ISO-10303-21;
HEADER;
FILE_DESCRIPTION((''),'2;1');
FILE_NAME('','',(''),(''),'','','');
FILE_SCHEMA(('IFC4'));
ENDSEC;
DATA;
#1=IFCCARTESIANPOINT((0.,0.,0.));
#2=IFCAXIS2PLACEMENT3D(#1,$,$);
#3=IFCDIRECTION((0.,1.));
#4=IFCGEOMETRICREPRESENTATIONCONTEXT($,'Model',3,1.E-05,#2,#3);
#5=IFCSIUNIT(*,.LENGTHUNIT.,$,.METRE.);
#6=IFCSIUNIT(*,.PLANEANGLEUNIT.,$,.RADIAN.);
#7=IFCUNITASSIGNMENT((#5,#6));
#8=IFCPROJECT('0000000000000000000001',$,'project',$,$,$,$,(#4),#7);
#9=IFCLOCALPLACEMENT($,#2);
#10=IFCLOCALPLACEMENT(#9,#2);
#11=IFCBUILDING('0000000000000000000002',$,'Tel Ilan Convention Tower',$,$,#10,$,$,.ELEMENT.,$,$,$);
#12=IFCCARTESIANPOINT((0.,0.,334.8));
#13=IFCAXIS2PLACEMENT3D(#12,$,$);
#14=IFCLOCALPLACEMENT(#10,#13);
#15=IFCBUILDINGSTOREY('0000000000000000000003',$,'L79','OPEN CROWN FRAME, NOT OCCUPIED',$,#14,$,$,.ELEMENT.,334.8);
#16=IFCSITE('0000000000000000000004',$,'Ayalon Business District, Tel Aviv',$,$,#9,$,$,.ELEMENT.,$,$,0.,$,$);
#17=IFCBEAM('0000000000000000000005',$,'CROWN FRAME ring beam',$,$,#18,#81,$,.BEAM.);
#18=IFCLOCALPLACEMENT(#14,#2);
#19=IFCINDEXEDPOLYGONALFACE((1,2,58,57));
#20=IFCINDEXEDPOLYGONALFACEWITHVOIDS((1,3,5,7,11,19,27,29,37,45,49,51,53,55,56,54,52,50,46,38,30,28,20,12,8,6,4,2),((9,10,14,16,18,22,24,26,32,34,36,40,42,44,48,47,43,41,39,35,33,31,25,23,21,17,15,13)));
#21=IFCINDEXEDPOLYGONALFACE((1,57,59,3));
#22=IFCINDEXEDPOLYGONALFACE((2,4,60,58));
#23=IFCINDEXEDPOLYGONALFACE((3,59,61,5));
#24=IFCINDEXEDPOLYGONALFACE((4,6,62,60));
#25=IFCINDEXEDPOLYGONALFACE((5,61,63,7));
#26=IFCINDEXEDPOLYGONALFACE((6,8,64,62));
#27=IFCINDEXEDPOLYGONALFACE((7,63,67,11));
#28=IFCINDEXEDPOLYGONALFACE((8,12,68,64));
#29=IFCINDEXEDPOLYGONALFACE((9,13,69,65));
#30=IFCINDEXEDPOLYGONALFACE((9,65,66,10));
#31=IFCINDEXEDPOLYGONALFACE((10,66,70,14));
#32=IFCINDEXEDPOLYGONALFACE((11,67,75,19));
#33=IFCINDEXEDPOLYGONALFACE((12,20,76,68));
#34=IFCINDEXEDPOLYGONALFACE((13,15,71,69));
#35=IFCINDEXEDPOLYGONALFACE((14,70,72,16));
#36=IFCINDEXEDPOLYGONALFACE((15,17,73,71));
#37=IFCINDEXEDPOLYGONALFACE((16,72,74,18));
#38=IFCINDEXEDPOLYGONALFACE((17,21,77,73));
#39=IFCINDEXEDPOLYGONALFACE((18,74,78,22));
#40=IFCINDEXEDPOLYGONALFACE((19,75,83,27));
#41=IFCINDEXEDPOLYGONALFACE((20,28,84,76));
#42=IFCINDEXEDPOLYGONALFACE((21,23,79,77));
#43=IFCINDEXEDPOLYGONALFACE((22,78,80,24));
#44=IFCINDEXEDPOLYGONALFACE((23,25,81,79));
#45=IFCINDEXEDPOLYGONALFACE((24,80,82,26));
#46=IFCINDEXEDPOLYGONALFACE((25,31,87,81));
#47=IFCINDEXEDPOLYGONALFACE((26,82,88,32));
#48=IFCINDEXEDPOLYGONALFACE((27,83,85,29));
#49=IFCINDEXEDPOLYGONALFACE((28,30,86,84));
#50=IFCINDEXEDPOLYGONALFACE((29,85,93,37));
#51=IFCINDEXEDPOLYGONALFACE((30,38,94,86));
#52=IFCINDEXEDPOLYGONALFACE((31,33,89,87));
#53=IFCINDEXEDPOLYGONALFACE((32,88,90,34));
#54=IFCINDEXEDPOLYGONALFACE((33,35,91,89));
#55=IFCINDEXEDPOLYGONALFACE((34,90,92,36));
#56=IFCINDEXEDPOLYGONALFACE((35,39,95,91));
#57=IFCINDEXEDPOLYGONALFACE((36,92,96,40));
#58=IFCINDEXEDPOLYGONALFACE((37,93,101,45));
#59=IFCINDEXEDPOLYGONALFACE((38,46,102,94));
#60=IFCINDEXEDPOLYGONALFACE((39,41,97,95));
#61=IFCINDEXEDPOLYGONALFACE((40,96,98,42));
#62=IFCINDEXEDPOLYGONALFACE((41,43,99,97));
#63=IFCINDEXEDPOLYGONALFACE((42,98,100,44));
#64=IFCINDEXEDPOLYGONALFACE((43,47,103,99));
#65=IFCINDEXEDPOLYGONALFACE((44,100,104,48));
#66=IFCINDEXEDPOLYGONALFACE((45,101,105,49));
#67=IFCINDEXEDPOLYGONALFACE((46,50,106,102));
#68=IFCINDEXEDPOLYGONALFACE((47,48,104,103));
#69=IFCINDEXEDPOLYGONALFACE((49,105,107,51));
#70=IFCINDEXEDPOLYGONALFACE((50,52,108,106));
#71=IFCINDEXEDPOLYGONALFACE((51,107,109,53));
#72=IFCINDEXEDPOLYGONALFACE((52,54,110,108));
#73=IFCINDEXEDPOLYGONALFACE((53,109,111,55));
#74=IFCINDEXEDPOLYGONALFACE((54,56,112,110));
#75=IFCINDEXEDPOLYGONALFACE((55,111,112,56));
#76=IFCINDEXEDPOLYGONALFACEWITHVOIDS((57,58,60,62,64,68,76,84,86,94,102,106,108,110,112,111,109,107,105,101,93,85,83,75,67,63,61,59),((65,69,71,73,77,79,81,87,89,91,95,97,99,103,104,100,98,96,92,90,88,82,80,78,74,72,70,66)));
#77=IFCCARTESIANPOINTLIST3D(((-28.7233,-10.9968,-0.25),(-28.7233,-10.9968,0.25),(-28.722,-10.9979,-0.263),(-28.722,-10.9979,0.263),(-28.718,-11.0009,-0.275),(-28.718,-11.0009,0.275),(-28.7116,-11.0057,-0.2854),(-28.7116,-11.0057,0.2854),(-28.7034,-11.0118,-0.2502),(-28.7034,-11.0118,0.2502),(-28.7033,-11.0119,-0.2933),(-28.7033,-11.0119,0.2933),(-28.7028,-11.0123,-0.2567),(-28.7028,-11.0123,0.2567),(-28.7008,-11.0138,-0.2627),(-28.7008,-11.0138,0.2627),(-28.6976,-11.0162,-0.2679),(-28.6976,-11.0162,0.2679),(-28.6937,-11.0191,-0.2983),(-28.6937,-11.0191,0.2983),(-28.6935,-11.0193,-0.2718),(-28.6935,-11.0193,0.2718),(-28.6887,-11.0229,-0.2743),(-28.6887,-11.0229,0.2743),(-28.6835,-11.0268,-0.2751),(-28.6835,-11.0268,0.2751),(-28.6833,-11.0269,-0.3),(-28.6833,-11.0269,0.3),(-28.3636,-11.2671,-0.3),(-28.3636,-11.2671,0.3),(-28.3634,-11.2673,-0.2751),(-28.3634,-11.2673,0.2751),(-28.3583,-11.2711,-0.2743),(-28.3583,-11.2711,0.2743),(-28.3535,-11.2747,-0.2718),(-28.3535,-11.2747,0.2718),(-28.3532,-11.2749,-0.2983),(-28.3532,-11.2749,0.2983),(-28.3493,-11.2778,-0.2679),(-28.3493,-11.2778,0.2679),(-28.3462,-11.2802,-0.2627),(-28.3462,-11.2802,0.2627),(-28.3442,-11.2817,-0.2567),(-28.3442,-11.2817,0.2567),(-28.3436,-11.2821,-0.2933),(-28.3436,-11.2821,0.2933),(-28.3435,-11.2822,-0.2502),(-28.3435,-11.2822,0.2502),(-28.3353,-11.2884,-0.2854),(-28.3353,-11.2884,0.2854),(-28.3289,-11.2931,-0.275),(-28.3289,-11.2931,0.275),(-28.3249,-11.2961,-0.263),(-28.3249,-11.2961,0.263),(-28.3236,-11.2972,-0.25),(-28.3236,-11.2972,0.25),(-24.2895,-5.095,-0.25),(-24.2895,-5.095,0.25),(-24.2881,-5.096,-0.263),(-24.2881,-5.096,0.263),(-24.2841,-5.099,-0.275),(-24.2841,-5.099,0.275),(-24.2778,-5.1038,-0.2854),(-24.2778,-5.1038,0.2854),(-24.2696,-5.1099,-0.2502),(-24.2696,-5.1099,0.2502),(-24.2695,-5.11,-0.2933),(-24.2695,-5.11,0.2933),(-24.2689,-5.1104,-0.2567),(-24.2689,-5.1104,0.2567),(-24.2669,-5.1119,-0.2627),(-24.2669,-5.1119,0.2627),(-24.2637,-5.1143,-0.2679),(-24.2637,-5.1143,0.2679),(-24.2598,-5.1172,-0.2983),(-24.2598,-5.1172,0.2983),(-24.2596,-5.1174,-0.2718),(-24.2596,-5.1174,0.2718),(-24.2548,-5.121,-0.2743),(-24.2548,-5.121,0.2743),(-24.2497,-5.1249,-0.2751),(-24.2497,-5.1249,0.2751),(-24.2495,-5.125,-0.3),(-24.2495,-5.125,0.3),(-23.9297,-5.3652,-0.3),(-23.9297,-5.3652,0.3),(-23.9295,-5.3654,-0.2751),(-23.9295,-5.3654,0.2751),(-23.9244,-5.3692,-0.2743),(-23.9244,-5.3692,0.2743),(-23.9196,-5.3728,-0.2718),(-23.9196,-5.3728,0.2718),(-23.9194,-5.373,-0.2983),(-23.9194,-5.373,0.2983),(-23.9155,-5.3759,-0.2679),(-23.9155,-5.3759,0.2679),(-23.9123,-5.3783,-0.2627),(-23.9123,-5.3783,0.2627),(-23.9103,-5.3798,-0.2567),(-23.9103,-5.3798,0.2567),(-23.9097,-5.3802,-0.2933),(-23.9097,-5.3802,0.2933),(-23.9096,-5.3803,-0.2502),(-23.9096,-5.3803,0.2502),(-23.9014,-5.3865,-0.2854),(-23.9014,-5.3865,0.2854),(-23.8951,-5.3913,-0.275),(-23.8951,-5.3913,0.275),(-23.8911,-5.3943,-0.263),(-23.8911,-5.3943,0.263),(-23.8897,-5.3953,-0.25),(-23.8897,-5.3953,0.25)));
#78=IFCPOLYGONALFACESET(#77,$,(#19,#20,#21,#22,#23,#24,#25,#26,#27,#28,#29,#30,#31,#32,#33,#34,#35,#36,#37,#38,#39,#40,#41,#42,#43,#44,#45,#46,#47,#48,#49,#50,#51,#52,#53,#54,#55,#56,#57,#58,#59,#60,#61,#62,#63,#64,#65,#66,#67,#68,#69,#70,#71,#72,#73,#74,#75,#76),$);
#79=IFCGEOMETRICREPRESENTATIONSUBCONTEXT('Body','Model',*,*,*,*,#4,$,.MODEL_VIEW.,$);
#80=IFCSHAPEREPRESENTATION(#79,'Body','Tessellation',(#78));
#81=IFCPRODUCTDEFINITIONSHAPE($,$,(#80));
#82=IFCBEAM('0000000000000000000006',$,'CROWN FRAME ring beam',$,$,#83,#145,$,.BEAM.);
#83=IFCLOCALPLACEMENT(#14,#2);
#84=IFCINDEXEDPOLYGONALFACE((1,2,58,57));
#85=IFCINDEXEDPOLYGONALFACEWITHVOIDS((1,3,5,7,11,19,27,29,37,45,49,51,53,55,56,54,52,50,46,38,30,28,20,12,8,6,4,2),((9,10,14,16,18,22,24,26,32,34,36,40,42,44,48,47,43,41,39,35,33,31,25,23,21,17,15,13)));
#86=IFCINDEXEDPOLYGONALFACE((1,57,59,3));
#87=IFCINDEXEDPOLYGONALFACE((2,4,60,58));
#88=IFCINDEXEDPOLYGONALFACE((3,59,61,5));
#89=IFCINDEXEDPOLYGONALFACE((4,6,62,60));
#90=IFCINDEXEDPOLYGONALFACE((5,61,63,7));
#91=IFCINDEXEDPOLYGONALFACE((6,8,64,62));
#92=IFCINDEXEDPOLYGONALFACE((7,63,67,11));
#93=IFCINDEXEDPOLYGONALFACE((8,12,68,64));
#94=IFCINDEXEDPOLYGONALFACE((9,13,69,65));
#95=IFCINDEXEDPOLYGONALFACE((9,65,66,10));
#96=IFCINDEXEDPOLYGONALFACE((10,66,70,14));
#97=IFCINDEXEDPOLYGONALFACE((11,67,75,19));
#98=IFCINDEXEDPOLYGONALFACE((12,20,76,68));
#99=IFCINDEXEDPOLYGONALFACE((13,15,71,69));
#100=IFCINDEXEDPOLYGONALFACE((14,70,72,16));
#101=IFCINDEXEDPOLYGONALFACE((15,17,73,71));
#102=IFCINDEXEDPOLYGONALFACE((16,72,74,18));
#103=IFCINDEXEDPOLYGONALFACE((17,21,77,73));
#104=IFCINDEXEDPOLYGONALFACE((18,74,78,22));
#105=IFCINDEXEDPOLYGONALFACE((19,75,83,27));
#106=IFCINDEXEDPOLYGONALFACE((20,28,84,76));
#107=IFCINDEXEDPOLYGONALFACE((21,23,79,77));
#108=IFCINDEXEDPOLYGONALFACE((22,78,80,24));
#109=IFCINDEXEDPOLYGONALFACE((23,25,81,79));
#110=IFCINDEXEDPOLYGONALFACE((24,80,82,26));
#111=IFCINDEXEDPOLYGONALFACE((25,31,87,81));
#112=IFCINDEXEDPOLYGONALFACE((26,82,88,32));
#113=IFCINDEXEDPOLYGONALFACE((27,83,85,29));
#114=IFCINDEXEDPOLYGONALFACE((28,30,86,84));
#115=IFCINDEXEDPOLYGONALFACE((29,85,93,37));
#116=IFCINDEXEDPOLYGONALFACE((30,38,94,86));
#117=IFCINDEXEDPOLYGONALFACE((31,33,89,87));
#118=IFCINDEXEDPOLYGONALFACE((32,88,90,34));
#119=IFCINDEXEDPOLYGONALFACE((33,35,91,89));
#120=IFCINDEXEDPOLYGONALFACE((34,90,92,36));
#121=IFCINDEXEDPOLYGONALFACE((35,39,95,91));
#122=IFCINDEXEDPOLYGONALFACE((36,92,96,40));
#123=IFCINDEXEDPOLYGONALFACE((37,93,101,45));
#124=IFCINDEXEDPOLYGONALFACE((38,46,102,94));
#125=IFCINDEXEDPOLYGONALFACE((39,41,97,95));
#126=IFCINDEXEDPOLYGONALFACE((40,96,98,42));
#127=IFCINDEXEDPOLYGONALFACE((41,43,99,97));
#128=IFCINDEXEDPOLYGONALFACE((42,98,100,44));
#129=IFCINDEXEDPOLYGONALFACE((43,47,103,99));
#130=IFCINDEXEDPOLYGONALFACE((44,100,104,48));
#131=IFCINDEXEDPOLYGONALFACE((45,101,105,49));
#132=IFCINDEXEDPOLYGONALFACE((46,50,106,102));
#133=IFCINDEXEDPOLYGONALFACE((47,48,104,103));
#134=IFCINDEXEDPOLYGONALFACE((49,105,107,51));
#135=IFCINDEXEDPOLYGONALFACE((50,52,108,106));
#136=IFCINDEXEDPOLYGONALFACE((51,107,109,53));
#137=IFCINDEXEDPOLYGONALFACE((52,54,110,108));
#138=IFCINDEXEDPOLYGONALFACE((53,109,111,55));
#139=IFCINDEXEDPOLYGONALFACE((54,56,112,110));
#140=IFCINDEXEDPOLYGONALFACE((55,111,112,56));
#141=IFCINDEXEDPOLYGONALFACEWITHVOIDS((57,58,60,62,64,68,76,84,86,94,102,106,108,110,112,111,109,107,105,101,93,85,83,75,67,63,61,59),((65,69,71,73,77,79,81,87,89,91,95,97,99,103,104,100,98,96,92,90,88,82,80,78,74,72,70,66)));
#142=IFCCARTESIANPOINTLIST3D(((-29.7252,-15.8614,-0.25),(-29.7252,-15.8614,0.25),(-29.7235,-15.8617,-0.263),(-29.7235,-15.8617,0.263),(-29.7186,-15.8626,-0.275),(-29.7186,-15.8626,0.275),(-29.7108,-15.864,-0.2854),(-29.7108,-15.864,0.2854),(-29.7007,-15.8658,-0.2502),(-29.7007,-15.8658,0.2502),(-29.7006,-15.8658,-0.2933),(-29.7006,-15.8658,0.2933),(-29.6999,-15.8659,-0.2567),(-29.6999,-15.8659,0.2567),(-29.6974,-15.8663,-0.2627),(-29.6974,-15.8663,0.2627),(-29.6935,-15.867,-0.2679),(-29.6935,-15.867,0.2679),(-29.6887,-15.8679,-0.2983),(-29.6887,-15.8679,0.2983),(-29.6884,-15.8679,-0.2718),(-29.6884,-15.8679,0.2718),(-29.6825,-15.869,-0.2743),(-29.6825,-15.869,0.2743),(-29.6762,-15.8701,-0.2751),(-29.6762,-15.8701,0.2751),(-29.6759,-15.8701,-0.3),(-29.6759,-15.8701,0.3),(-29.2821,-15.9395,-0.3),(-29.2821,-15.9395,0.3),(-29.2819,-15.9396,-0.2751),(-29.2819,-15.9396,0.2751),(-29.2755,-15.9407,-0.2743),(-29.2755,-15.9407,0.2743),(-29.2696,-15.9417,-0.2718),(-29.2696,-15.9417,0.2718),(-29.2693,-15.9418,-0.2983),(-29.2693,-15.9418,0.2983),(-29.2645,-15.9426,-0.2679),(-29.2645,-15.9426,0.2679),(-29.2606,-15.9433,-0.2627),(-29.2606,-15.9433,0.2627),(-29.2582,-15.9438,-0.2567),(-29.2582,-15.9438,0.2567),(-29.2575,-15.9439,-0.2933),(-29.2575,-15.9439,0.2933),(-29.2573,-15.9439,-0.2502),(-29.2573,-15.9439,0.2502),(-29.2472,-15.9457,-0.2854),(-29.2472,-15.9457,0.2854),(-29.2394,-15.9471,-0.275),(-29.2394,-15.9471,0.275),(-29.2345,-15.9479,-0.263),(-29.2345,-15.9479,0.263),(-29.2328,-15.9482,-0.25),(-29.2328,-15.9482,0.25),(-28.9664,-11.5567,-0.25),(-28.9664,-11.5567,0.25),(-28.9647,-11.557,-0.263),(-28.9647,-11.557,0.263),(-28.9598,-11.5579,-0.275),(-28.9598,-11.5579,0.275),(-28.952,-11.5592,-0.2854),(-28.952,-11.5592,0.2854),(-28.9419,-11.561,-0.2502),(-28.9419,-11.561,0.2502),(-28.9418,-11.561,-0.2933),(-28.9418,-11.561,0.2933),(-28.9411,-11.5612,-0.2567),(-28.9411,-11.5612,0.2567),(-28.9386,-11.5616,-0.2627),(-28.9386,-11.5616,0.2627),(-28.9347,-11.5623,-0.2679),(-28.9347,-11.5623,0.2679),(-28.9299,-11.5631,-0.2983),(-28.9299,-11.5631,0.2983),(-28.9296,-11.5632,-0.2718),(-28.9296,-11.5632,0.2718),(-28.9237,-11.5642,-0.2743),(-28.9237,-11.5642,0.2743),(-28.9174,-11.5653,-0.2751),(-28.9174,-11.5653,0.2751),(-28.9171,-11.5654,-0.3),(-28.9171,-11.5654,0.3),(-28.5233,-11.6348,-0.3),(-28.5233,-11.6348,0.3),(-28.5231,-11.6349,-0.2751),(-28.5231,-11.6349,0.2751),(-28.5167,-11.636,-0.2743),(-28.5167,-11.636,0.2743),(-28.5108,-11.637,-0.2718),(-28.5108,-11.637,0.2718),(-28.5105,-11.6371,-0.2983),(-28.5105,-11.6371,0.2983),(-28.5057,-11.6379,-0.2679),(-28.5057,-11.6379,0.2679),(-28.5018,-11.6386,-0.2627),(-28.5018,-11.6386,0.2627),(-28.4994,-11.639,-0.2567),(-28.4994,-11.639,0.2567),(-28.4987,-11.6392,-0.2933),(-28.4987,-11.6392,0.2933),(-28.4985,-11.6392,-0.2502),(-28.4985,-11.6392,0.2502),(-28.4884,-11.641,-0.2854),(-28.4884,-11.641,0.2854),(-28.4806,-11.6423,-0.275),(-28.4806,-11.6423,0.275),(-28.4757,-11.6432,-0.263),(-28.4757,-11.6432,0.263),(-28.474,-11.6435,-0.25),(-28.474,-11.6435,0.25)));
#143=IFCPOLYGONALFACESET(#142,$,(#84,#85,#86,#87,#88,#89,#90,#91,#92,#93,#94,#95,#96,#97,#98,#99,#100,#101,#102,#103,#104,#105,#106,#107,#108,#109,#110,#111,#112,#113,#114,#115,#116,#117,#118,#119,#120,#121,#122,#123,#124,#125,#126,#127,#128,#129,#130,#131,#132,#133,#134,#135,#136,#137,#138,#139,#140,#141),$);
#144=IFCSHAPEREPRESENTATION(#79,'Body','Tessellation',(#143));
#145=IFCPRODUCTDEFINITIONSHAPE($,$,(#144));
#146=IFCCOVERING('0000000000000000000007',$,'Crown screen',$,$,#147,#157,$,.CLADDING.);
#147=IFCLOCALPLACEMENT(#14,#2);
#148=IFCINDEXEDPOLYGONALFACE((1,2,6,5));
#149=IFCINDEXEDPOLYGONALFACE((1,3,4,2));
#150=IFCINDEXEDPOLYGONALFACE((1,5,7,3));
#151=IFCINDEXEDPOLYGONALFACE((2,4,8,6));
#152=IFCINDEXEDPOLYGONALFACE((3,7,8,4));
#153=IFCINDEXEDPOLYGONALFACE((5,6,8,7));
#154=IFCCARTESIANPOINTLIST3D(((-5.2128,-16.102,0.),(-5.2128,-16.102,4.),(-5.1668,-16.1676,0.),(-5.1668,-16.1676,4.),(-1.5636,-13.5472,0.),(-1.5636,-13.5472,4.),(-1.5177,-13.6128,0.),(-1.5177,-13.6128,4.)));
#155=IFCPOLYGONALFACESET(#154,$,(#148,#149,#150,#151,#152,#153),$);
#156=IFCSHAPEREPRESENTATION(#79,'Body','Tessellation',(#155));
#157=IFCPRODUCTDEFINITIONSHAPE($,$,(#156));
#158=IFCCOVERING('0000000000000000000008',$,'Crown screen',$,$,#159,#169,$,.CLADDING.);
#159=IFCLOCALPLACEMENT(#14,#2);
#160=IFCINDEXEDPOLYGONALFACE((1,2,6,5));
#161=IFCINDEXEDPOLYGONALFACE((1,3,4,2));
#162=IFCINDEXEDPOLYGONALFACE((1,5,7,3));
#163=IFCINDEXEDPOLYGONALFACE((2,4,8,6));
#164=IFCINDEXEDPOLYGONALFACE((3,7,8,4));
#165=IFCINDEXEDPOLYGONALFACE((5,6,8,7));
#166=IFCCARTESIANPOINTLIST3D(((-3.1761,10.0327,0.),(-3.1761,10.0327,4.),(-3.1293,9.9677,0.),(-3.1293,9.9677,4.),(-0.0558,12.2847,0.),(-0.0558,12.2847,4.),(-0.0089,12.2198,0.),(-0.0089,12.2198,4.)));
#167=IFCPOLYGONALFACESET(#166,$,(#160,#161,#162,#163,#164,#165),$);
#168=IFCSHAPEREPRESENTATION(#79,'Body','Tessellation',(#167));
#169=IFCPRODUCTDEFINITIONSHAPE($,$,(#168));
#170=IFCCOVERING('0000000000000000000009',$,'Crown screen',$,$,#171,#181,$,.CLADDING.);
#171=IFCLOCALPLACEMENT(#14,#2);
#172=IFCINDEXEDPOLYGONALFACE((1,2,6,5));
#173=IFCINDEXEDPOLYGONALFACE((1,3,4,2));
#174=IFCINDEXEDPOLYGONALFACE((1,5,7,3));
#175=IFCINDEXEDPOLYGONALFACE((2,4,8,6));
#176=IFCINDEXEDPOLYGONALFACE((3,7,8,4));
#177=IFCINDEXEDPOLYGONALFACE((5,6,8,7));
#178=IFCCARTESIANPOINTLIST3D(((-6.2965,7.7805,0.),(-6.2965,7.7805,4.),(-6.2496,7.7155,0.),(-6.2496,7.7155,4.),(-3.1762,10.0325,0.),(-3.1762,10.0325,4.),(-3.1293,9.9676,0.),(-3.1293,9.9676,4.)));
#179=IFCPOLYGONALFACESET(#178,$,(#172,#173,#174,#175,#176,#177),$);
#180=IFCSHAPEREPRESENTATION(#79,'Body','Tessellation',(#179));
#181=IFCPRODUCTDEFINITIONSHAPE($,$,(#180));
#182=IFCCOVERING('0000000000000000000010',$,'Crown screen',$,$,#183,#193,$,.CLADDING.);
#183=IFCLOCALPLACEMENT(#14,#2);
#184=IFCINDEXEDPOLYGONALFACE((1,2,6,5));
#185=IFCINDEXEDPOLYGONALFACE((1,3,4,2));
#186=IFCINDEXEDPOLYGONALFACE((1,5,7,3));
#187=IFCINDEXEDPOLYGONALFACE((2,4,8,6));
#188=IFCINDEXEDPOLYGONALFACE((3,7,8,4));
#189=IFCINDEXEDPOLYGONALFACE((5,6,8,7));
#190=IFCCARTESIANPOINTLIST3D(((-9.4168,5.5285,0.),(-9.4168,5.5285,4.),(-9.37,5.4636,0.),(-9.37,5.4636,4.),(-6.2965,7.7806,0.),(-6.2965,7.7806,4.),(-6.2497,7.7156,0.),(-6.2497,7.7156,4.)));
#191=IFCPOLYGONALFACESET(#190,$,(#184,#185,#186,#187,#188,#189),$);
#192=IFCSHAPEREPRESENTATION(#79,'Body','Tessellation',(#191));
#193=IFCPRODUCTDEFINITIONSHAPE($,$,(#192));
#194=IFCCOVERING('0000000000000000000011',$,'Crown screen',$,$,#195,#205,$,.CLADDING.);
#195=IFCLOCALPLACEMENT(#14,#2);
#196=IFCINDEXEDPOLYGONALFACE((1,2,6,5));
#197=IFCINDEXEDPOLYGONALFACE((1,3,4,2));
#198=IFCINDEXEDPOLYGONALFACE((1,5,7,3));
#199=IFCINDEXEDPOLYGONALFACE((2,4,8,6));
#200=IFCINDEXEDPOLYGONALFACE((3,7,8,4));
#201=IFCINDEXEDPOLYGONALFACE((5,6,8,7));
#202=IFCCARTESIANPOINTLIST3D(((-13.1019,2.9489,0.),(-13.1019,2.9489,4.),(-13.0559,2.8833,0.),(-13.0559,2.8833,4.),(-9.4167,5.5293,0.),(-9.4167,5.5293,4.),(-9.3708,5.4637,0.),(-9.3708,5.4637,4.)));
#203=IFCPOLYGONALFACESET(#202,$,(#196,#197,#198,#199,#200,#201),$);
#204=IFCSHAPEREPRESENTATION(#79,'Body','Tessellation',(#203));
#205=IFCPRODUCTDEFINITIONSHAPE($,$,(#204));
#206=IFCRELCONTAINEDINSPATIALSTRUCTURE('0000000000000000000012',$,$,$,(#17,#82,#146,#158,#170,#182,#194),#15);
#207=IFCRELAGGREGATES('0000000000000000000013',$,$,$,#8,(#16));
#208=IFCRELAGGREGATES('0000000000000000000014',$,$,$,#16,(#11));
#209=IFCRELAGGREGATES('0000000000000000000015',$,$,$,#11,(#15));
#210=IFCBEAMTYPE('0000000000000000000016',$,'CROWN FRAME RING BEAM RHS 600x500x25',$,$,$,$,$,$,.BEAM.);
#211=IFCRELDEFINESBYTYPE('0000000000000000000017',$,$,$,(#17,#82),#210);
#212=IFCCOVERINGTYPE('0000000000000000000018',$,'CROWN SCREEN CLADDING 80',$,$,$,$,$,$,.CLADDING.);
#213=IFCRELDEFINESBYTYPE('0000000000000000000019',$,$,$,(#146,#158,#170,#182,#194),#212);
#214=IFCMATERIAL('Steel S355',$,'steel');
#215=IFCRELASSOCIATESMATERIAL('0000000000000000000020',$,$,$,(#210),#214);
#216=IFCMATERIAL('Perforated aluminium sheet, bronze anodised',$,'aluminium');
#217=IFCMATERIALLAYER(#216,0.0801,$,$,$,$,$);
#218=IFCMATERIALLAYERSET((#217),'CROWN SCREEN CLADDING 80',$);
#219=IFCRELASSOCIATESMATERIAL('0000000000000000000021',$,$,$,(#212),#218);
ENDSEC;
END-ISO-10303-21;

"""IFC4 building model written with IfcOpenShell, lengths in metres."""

from ifc_helpers import new_model, si_unit, direction, frame, origin, origin_2d, place, context, subcontext, project, spatial, rectangle, hollow_rectangle, extrude, material, layer, layer_set, material_profile, profile_set, type_object, element, save


model = new_model("IFC4")

# Units and contexts
model_context = context("Model", 3, precision=1e-05, world=origin(), true_north=direction((0.0, 1.0)))
body_context = subcontext(model_context, "Body", "Model", "MODEL_VIEW")
ifc_project = project(units=[si_unit("LENGTHUNIT", "METRE"), si_unit("PLANEANGLEUNIT", "RADIAN")], contexts=[model_context])

# Site, building, storey
site_placement = place(None, origin())
site = spatial("IfcSite", under=ifc_project, at=site_placement, Name="Ayalon Business District, Tel Aviv", CompositionType="ELEMENT", RefElevation=0.0)
building_placement = place(site_placement, origin())
building = spatial("IfcBuilding", under=site, at=building_placement, Name="Tel Ilan Convention Tower", CompositionType="ELEMENT")
storey_placement = place(building_placement, frame((0.0, 0.0, 334.8)))
storey = spatial("IfcBuildingStorey", under=building, at=storey_placement, Name="L79", Description="OPEN CROWN FRAME, NOT OCCUPIED", CompositionType="ELEMENT", Elevation=334.8)

# Beams
ifc_material_1 = material(Name="Steel S355", Category="steel")
ifc_material_profile_1 = material_profile(ifc_material_1, hollow_rectangle(XDim=0.5, YDim=0.6001, WallThickness=0.0249, InnerFilletRadius=0.0249, OuterFilletRadius=0.05, at=origin_2d()), Name="RHS 600x500x25")
ifc_profile_set_1 = profile_set([ifc_material_profile_1], Name="Steel S355")
beam_type = type_object("IfcBeamType", Name="CROWN FRAME RING BEAM RHS 600x500x25", PredefinedType="BEAM", material=ifc_profile_set_1)
beam_1_placement = place(storey_placement, frame((-24.0896, -5.2451, 0.0), z_axis=(-0.600645, -0.799516, 0.0), x_axis=(0.799516, -0.600645, 0.0)))
element("IfcBeam", 1, at=beam_1_placement, inside=storey, type_object=beam_type, Name="CROWN FRAME ring beam", PredefinedType="BEAM", context=body_context, shape_type="SweptSolid", body=[
    extrude(hollow_rectangle(XDim=0.5, YDim=0.6001, WallThickness=0.0249, InnerFilletRadius=0.0249, OuterFilletRadius=0.05, at=origin_2d()), origin(), (0.0, 0.0, 1.0), 7.3818),
])
beam_2_placement = place(storey_placement, frame((-28.7202, -11.6001, 0.0), z_axis=(-0.173594, -0.984817, 0.0), x_axis=(0.984817, -0.173594, 0.0)))
element("IfcBeam", 2, at=beam_2_placement, inside=storey, type_object=beam_type, Name="CROWN FRAME ring beam", PredefinedType="BEAM", context=body_context, shape_type="SweptSolid", body=[
    extrude(hollow_rectangle(XDim=0.5, YDim=0.6001, WallThickness=0.0249, InnerFilletRadius=0.0249, OuterFilletRadius=0.05, at=origin_2d()), origin(), (0.0, 0.0, 1.0), 4.3711),
])

# Coverings
ifc_material_2 = material(Name="Perforated aluminium sheet, bronze anodised", Category="aluminium")
ifc_layer = layer(ifc_material_2, 0.0801)
ifc_layer_set = layer_set([ifc_layer], Name="CROWN SCREEN CLADDING 80")
covering_type = type_object("IfcCoveringType", Name="CROWN SCREEN CLADDING 80", PredefinedType="CLADDING", material=ifc_layer_set)
covering_placement = place(storey_placement, frame((-3.3652, -14.8574, 0.0), z_axis=(0.0, 0.0, 1.0), x_axis=(0.819185, 0.573529, 0.0)))
element("IfcCovering", 3, at=covering_placement, inside=storey, type_object=covering_type, Name="Crown screen", PredefinedType="CLADDING", context=body_context, shape_type="SweptSolid", body=[
    extrude(rectangle(XDim=4.4546, YDim=0.0801, at=origin_2d()), origin(), (0.0, 0.0, 1.0), 4.0),
])
for number, where, z_axis, x_axis, name in (
    (4, (-1.5925, 11.1262, 0.0), (0.0, 0.0, 1.0), (-0.810863, -0.585236, 0.0), "Crown screen"),
    (5, (-4.7129, 8.874, 0.0), (0.0, 0.0, 1.0), (-0.810863, -0.585236, 0.0), "Crown screen"),
    (6, (-7.8333, 6.6221, 0.0), (0.0, 0.0, 1.0), (-0.810863, -0.585236, 0.0), "Crown screen"),
):
    element("IfcCovering", number, at=place(storey_placement, frame(where, z_axis=z_axis, x_axis=x_axis)), inside=storey, type_object=covering_type, Name=name, PredefinedType="CLADDING", context=body_context, shape_type="SweptSolid", body=[
        extrude(rectangle(XDim=3.8481, YDim=0.0801, at=origin_2d()), origin(), (0.0, 0.0, 1.0), 4.0),
    ])
for number, where, z_axis, x_axis, name in (
    (7, (-11.2363, 4.2063, 0.0), (0.0, 0.0, 1.0), (-0.819148, -0.573582, 0.0), "Crown screen"),
):
    element("IfcCovering", number, at=place(storey_placement, frame(where, z_axis=z_axis, x_axis=x_axis)), inside=storey, type_object=covering_type, Name=name, PredefinedType="CLADDING", context=body_context, shape_type="SweptSolid", body=[
        extrude(rectangle(XDim=4.4988, YDim=0.0801, at=origin_2d()), origin(), (0.0, 0.0, 1.0), 4.0),
    ])

save(model, "model.ifc")
